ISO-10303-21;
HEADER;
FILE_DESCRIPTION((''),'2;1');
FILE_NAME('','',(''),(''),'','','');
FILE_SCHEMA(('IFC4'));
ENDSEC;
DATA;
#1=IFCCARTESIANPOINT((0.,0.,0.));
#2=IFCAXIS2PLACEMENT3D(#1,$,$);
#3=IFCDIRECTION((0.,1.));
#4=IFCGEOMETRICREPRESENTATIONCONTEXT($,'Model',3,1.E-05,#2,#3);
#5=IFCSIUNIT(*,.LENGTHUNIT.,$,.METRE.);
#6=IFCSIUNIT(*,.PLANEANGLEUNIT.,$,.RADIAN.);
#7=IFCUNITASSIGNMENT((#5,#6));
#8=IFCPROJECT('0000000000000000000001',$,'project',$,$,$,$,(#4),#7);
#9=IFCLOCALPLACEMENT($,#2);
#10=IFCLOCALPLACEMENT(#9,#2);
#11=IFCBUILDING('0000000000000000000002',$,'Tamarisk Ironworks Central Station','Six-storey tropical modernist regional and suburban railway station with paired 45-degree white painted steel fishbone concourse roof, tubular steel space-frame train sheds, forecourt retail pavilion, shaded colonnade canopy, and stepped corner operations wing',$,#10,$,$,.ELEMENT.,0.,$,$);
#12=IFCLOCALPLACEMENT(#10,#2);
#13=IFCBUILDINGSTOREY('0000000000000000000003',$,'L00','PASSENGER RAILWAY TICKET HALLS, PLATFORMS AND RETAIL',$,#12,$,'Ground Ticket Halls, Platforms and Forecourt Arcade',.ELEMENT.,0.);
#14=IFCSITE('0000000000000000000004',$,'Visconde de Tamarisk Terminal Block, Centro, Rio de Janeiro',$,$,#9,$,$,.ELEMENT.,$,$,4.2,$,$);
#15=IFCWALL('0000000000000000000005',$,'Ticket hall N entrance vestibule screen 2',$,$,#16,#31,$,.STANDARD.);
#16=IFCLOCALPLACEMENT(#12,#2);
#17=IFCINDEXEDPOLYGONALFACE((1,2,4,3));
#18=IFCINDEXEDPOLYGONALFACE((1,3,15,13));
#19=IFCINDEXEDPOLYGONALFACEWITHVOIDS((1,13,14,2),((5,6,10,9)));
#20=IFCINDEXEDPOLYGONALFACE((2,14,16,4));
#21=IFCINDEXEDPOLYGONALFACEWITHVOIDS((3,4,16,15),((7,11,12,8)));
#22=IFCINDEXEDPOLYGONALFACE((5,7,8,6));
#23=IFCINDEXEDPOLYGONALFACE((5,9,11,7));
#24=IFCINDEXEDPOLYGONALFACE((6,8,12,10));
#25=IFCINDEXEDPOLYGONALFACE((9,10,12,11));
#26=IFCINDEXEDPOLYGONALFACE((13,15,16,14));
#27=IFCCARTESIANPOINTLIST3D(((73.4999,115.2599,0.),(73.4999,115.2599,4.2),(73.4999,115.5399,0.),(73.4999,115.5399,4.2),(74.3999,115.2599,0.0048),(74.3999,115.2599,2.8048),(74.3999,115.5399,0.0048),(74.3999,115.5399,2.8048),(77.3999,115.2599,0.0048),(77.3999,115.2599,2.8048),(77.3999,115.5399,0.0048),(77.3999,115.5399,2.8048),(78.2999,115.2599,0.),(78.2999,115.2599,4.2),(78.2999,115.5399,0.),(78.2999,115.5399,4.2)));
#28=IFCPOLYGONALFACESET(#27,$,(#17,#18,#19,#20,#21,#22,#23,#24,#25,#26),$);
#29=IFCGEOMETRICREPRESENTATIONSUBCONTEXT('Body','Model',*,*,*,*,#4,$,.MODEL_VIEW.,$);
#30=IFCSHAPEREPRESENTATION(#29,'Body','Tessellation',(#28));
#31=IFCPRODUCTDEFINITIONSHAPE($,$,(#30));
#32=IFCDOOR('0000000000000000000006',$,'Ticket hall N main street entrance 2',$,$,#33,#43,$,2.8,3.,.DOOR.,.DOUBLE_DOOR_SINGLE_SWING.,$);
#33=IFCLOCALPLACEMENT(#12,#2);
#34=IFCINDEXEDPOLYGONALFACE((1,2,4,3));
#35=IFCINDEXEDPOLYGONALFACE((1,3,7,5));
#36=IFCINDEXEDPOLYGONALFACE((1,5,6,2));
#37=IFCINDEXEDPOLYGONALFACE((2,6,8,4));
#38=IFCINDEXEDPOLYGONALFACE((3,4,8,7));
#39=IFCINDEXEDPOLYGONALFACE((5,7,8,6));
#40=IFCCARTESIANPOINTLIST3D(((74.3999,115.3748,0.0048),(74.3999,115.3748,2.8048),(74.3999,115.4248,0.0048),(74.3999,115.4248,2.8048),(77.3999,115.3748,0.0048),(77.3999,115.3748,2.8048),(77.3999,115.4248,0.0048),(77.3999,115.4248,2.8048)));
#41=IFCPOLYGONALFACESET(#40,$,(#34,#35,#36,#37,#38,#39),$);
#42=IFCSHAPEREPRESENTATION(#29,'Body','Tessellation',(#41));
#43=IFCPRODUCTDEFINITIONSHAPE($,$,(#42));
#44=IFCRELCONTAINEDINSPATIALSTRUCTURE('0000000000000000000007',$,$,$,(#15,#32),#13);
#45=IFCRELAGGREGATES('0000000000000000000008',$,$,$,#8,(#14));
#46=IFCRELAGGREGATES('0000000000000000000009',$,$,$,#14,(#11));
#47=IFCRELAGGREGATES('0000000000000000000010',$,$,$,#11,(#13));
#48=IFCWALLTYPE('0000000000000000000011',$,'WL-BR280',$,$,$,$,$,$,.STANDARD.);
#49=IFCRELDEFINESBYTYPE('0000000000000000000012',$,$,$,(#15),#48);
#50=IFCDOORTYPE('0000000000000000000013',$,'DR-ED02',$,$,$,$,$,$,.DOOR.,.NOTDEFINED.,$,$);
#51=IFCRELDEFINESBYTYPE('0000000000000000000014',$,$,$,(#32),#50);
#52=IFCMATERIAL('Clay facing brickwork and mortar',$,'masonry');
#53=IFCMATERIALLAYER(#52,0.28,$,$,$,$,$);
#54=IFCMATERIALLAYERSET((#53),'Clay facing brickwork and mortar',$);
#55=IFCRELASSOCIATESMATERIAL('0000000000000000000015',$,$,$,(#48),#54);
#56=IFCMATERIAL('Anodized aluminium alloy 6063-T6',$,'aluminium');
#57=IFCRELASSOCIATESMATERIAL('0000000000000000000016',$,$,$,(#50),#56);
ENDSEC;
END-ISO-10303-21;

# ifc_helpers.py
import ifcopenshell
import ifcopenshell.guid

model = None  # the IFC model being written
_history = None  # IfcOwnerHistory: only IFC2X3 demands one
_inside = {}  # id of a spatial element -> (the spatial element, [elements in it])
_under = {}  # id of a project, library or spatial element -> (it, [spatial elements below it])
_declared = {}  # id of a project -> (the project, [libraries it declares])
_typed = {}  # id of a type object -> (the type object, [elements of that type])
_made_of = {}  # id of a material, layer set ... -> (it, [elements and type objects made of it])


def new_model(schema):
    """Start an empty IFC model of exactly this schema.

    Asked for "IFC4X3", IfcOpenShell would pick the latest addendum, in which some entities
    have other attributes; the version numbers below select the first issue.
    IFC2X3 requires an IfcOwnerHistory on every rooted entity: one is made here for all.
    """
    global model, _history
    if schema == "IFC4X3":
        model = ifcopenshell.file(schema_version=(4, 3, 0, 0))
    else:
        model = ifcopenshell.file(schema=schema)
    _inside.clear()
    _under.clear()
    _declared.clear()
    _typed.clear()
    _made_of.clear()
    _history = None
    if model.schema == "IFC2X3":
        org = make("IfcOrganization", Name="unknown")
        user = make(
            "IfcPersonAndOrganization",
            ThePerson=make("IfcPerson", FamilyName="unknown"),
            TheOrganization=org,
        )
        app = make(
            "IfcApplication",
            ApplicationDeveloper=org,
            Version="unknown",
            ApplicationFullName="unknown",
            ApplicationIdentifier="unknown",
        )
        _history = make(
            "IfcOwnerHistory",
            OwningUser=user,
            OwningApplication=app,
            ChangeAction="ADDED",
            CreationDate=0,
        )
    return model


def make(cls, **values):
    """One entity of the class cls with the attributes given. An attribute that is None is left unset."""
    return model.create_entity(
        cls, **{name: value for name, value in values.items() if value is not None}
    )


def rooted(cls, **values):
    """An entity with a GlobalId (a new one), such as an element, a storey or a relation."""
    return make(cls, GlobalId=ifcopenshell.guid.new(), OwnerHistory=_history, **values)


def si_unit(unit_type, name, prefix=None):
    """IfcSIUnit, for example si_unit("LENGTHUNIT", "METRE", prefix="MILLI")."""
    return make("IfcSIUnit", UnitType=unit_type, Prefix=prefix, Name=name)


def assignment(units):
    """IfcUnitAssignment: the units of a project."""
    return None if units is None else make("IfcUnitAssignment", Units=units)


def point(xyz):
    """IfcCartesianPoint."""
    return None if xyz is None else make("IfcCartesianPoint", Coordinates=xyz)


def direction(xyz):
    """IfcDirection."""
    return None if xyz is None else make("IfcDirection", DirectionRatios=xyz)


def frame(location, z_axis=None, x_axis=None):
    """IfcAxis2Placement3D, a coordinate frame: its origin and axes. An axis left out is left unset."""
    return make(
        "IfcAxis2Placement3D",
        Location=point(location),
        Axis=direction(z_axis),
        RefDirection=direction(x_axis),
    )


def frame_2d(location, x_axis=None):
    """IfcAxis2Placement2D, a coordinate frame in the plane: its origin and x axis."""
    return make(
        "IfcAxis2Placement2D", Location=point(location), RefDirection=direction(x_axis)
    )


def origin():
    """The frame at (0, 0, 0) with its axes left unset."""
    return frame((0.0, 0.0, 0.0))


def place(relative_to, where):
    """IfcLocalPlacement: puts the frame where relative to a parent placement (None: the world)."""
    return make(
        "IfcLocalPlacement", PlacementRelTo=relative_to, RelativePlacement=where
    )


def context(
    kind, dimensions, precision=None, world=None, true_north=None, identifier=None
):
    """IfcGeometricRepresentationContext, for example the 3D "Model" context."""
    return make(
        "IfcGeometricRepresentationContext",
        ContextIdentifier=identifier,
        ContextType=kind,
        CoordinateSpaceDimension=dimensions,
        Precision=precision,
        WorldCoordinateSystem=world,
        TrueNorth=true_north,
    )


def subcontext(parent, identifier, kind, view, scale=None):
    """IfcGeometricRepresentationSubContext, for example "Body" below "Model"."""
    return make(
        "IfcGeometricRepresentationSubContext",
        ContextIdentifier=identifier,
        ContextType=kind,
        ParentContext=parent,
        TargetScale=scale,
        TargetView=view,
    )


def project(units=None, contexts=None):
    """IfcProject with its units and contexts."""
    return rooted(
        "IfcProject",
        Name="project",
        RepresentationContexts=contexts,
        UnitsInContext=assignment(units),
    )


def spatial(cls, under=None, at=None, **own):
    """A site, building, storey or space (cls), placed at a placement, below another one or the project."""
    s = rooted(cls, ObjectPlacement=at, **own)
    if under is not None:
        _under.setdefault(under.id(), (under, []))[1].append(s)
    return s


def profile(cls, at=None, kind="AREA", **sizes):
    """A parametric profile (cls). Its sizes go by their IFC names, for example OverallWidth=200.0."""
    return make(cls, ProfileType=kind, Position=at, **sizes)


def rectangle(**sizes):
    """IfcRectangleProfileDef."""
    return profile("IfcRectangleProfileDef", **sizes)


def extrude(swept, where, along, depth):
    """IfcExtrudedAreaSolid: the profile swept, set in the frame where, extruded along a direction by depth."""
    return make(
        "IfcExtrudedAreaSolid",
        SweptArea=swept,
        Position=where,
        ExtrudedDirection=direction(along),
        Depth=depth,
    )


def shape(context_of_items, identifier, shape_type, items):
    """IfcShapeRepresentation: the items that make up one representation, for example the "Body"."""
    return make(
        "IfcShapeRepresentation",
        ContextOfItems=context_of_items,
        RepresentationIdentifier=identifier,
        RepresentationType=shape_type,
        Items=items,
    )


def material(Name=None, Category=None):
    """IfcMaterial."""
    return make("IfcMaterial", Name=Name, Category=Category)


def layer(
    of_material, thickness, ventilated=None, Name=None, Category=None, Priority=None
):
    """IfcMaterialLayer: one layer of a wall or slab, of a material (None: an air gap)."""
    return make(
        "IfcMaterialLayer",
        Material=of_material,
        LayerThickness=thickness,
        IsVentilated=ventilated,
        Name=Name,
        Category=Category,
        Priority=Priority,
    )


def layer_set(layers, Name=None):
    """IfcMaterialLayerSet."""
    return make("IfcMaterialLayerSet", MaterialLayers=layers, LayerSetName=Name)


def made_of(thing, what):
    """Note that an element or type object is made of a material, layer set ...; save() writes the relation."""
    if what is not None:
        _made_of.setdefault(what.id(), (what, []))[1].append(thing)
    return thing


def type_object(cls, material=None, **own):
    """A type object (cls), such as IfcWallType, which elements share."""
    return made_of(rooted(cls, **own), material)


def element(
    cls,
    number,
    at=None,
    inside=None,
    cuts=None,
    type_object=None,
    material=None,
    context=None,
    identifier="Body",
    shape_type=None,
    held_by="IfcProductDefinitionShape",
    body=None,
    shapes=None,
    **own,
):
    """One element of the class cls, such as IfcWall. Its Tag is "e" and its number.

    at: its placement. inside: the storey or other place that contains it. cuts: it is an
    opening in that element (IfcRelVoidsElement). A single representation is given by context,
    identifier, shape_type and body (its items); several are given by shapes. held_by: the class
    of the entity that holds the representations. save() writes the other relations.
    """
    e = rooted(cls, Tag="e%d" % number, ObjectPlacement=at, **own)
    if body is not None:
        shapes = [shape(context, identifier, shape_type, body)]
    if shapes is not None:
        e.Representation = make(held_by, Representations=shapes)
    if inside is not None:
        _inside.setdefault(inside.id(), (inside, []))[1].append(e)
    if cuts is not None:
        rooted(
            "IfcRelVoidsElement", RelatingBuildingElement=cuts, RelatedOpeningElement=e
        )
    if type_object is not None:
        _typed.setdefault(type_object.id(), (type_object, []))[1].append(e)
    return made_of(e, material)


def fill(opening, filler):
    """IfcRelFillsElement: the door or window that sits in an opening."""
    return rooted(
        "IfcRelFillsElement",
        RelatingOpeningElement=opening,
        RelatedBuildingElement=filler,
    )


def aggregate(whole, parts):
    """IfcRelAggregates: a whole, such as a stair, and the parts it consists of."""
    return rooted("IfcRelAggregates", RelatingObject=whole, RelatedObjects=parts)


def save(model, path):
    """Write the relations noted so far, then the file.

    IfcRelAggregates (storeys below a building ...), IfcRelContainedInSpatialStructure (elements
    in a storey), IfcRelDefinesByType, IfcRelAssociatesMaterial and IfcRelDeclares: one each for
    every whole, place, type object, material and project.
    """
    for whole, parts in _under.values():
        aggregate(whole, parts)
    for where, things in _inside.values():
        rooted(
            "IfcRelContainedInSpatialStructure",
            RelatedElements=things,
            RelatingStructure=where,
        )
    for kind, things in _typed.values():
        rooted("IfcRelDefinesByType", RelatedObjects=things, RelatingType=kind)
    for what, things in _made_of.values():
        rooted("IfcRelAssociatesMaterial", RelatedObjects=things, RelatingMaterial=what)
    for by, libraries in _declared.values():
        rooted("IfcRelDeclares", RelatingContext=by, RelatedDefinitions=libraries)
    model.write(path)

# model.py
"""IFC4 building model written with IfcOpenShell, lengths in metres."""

from ifc_helpers import new_model, si_unit, direction, frame, frame_2d, origin, place, context, subcontext, project, spatial, rectangle, extrude, material, layer, layer_set, type_object, element, fill, save


model = new_model("IFC4")

# Units and contexts
model_context = context("Model", 3, precision=1e-05, world=origin(), true_north=direction((0.0, 1.0)))
body_context = subcontext(model_context, "Body", "Model", "MODEL_VIEW")
ifc_project = project(units=[si_unit("LENGTHUNIT", "METRE"), si_unit("PLANEANGLEUNIT", "RADIAN")], contexts=[model_context])

# Site, building, storey
site_placement = place(None, origin())
site = spatial("IfcSite", under=ifc_project, at=site_placement, Name="Visconde de Tamarisk Terminal Block, Centro, Rio de Janeiro", CompositionType="ELEMENT", RefElevation=4.2)
building_placement = place(site_placement, origin())
building = spatial("IfcBuilding", under=site, at=building_placement, Name="Tamarisk Ironworks Central Station", Description="Six-storey tropical modernist regional and suburban railway station with paired 45-degree white painted steel fishbone concourse roof, tubular steel space-frame train sheds, forecourt retail pavilion, shaded colonnade canopy, and stepped corner operations wing", CompositionType="ELEMENT", ElevationOfRefHeight=0.0)
storey_placement = place(building_placement, origin())
storey = spatial("IfcBuildingStorey", under=building, at=storey_placement, Name="L00", Description="PASSENGER RAILWAY TICKET HALLS, PLATFORMS AND RETAIL", LongName="Ground Ticket Halls, Platforms and Forecourt Arcade", CompositionType="ELEMENT", Elevation=0.0)

# Shared definitions
ifc_material_1 = material(Name="Anodized aluminium alloy 6063-T6", Category="aluminium")

# Wall, opening, door
ifc_material_2 = material(Name="Clay facing brickwork and mortar", Category="masonry")
ifc_layer_1 = layer(ifc_material_2, 0.28)
ifc_layer_set_1 = layer_set([ifc_layer_1], Name="Clay facing brickwork and mortar")
wall_type = type_object("IfcWallType", Name="WL-BR280", PredefinedType="STANDARD", material=ifc_layer_set_1)
wall_placement = place(storey_placement, frame((73.5, 115.3999, 0.0), z_axis=(0.0, 0.0, 1.0), x_axis=(1.0, 0.0, 0.0)))
wall = element("IfcWall", 1, at=wall_placement, inside=storey, type_object=wall_type, Name="Ticket hall N entrance vestibule screen 2", PredefinedType="STANDARD", context=body_context, shape_type="SweptSolid", body=[
    extrude(rectangle(XDim=4.8, YDim=0.28, at=frame_2d((2.3999, 0.0))), origin(), (0.0, 0.0, 1.0), 4.2),
])
opening_placement = place(wall_placement, frame((0.8999, 0.0, 0.0049)))
opening = element("IfcOpeningElement", 2, at=opening_placement, cuts=wall, PredefinedType="OPENING", context=body_context, shape_type="SweptSolid", body=[
    extrude(rectangle(XDim=3.0, YDim=2.8, at=frame_2d((1.5, 1.3999))), frame((0.0, 0.1519, 0.0), z_axis=(0.0, -1.0, 0.0), x_axis=(1.0, 0.0, 0.0)), (0.0, 0.0, 1.0), 0.304),
])
door_type = type_object("IfcDoorType", Name="DR-ED02", OperationType="NOTDEFINED", PredefinedType="DOOR", material=ifc_material_1)
door_placement = place(opening_placement, origin())
door = element("IfcDoor", 3, at=door_placement, inside=storey, type_object=door_type, Name="Ticket hall N main street entrance 2", OperationType="DOUBLE_DOOR_SINGLE_SWING", OverallHeight=2.8, OverallWidth=3.0, PredefinedType="DOOR", context=body_context, shape_type="SweptSolid", body=[
    extrude(rectangle(XDim=3.0, YDim=2.8, at=frame_2d((1.5, 1.3999))), frame((0.0, 0.0249, 0.0), z_axis=(0.0, -1.0, 0.0), x_axis=(1.0, 0.0, 0.0)), (0.0, 0.0, 1.0), 0.05),
])
fill(opening, door)

save(model, "model.ifc")
